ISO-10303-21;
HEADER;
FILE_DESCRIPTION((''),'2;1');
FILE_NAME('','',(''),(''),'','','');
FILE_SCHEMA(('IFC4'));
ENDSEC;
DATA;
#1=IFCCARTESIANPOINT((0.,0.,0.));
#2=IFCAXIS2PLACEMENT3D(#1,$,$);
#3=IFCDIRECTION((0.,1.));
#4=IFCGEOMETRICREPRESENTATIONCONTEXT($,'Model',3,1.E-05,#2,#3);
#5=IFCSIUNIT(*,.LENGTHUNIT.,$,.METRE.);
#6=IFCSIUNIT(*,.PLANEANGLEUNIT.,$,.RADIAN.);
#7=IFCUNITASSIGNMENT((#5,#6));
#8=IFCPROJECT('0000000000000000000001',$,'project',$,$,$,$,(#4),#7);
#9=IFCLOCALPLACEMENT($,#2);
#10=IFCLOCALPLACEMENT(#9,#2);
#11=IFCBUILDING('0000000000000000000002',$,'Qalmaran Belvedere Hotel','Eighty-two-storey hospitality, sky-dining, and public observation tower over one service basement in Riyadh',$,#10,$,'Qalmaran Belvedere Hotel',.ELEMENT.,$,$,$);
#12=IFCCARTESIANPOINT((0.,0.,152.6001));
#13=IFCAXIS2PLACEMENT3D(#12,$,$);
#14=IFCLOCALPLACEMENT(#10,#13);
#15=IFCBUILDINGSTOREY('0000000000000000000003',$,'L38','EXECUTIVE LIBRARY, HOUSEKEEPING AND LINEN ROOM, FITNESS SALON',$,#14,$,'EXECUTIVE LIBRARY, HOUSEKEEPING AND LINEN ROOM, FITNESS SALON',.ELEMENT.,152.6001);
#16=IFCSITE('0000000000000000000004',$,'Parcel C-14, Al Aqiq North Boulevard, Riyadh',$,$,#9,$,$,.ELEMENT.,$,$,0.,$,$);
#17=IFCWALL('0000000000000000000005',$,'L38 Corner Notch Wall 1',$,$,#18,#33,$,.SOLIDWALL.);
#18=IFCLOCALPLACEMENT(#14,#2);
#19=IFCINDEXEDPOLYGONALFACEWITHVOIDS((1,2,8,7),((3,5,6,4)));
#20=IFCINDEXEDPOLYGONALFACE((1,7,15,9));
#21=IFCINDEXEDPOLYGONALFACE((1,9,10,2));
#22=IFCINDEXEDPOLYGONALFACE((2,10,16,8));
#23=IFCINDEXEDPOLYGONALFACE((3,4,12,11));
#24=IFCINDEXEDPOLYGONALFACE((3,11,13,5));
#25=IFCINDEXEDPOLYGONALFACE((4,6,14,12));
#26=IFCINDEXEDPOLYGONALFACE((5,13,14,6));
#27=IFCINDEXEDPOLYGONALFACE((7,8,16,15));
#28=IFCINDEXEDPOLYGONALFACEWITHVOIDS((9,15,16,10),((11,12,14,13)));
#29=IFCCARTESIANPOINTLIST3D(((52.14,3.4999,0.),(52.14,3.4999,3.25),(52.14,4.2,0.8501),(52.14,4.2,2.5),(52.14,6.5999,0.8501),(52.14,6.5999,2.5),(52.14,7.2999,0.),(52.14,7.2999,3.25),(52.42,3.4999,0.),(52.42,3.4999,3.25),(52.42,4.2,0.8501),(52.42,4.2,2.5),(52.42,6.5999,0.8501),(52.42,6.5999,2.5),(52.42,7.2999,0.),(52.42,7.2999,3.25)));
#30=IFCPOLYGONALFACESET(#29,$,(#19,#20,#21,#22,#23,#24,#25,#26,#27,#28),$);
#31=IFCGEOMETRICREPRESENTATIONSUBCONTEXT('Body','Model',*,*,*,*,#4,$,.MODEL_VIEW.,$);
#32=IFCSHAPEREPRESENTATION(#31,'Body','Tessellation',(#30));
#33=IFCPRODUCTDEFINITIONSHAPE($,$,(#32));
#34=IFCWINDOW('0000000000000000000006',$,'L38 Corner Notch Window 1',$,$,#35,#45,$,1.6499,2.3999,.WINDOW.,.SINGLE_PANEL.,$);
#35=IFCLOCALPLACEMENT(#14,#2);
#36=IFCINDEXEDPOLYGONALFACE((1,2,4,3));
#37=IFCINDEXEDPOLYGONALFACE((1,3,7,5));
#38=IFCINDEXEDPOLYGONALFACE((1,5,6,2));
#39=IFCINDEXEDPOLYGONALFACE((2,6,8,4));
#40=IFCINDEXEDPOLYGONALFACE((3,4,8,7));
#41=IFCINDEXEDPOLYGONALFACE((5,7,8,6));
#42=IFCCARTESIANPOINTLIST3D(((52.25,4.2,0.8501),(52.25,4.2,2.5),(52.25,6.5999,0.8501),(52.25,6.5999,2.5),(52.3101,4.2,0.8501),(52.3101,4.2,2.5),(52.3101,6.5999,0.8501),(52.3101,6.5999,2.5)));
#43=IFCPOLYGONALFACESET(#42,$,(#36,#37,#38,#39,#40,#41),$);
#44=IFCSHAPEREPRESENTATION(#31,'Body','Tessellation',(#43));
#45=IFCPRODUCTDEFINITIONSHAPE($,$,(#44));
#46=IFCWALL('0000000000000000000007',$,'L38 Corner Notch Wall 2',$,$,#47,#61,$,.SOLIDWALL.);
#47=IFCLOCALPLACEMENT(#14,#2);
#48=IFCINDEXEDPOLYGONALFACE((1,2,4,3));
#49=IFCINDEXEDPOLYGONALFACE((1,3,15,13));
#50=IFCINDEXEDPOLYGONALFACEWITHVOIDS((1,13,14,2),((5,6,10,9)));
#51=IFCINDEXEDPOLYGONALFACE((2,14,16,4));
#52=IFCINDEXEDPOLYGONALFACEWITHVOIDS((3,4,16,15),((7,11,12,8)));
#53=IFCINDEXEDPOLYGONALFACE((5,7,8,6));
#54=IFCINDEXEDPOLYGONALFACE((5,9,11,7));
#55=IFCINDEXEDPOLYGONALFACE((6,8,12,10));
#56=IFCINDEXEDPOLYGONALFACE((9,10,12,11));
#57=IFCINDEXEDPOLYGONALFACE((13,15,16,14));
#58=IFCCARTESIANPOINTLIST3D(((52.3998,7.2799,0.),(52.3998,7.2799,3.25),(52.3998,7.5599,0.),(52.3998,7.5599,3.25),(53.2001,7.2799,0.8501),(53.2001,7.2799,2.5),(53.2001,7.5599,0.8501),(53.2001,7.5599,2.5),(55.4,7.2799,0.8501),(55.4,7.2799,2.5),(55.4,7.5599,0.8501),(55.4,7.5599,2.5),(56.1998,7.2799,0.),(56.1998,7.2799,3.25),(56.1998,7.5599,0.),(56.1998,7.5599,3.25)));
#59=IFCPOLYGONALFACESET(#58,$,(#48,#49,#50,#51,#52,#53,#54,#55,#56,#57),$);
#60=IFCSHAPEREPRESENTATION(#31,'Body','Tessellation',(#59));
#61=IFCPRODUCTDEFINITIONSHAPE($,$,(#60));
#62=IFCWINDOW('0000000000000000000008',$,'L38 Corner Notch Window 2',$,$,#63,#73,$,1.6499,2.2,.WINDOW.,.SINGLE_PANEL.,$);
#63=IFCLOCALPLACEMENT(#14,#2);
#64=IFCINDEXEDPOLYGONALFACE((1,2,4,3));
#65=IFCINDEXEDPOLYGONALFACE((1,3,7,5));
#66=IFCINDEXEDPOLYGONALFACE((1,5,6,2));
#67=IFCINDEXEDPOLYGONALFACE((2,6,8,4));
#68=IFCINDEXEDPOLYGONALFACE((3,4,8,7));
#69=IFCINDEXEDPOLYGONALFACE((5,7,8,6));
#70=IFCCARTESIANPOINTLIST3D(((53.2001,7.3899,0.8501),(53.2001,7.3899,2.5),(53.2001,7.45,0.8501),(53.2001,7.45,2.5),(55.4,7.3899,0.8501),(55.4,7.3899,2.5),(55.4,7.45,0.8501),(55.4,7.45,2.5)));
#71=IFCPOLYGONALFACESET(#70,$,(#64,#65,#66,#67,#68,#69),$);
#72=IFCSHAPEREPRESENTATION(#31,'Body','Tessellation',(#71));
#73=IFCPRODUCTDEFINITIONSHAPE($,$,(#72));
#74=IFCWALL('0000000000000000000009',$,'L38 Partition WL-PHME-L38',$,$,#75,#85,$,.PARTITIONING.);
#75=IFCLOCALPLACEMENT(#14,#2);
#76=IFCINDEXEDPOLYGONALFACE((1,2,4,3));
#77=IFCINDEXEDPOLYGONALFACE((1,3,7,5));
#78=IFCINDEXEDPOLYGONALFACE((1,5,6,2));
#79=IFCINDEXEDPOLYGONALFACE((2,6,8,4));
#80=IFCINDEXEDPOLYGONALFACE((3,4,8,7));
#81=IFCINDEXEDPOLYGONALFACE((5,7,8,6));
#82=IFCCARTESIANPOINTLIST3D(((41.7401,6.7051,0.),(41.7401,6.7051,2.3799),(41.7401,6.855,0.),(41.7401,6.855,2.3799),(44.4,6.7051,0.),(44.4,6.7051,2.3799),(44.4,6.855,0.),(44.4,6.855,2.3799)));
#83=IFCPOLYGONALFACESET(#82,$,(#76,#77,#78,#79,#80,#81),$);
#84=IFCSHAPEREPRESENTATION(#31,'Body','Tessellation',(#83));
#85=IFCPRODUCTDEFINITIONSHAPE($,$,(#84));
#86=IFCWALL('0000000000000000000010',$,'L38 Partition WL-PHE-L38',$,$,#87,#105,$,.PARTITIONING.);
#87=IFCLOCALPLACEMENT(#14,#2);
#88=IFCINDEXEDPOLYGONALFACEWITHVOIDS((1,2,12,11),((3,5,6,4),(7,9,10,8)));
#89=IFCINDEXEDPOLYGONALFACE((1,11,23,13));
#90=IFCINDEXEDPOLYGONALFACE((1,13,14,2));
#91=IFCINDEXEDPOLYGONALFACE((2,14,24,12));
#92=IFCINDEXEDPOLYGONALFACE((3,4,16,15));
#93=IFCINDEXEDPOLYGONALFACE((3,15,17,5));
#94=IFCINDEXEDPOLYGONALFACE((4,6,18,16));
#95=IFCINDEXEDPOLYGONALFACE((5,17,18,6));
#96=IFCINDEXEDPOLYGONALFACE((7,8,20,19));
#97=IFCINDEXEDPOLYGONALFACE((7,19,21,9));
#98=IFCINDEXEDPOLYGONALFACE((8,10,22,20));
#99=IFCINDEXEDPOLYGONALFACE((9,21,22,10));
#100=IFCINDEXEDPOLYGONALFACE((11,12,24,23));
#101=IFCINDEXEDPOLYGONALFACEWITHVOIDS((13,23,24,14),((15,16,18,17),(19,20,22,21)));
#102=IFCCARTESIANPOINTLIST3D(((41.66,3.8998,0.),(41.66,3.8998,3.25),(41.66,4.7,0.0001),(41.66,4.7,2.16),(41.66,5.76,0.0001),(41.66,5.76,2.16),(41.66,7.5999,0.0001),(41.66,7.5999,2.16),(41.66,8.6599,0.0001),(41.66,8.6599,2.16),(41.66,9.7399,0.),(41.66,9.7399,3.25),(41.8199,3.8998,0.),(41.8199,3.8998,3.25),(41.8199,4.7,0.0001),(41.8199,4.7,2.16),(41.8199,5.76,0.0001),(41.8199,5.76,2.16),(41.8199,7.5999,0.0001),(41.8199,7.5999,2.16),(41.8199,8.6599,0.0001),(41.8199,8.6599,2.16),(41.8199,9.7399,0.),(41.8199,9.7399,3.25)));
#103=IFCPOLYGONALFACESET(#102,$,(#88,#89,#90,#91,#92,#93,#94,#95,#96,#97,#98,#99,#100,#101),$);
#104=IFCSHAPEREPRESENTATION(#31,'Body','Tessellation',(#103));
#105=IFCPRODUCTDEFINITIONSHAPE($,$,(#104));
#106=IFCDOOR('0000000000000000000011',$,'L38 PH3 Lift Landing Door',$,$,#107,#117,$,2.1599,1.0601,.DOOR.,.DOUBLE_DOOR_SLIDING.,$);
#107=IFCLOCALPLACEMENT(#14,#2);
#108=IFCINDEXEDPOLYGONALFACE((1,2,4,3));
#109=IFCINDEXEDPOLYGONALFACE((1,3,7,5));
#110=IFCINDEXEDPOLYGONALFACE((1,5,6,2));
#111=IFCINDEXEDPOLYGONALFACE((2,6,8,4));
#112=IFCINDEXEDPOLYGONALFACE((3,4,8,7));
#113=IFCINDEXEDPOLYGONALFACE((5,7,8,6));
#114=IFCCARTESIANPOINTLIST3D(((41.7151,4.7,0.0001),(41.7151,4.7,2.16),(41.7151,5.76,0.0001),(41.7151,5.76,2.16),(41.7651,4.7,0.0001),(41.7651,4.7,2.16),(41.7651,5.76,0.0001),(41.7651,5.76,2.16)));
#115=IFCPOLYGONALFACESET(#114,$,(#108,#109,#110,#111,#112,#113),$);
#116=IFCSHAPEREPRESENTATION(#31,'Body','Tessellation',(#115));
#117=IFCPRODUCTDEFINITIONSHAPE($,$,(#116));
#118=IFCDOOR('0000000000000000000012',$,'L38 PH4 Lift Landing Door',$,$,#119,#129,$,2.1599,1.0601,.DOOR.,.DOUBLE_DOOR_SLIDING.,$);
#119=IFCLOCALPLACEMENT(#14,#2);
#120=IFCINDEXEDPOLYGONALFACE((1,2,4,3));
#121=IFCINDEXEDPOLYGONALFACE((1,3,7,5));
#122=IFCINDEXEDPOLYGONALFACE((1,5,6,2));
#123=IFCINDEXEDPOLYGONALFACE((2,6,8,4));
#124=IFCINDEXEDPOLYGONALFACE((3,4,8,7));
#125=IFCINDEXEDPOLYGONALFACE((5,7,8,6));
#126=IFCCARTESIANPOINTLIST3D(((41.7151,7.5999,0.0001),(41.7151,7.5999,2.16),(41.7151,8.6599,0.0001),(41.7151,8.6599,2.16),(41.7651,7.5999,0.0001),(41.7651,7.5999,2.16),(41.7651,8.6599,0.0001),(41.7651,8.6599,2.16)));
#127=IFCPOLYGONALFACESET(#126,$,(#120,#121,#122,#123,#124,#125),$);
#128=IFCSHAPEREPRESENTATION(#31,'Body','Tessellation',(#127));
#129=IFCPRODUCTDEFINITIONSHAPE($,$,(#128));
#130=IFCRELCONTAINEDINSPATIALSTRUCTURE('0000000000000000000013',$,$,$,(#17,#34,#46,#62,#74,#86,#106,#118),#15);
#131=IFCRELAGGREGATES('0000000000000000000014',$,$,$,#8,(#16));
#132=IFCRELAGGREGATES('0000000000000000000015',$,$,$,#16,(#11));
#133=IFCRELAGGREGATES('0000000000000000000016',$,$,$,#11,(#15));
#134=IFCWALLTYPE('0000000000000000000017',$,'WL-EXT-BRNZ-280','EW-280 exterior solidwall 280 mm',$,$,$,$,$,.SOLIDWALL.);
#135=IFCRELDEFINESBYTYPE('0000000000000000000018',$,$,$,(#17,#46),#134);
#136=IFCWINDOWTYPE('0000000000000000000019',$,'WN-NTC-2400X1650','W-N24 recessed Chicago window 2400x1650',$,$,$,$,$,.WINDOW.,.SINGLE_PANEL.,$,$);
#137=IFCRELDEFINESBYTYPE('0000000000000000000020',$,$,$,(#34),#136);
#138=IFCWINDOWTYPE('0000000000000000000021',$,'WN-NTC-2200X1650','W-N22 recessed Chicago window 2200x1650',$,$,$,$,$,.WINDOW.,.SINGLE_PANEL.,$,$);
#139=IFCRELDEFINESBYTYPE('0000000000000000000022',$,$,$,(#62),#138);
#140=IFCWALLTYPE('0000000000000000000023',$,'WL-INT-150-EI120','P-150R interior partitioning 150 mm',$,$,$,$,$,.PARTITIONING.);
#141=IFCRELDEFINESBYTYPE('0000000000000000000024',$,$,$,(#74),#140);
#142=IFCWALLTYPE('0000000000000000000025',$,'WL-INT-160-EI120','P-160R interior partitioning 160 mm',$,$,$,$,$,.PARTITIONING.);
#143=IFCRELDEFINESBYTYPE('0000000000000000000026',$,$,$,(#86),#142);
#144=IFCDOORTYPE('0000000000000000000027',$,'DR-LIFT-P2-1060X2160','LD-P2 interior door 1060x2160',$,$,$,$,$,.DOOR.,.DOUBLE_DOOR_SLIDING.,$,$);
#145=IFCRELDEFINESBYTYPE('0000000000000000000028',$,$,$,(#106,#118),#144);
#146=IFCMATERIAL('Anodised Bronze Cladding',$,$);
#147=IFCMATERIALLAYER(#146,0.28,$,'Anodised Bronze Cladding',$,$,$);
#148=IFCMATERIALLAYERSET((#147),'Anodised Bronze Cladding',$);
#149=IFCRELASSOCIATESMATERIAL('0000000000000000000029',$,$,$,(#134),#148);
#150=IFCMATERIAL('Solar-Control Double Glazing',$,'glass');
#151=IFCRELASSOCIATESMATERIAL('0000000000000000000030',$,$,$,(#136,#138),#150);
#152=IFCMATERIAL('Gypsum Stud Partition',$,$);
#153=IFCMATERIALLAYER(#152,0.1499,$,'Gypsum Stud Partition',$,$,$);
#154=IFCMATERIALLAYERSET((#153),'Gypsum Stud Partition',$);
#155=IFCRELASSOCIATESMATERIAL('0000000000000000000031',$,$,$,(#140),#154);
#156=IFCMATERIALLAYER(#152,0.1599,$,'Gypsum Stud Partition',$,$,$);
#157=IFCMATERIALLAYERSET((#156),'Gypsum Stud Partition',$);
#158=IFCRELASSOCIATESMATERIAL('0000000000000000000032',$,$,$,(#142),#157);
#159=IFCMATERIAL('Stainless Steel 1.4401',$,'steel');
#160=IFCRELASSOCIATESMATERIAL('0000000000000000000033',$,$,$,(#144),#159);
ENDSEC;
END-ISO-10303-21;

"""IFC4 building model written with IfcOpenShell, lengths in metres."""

from ifc_helpers import new_model, si_unit, direction, frame, frame_2d, origin, place, context, subcontext, project, spatial, rectangle, extrude, material, layer, layer_set, type_object, element, fill, save


model = new_model("IFC4")

# Units and contexts
model_context = context("Model", 3, precision=1e-05, world=origin(), true_north=direction((0.0, 1.0)))
body_context = subcontext(model_context, "Body", "Model", "MODEL_VIEW")
ifc_project = project(units=[si_unit("LENGTHUNIT", "METRE"), si_unit("PLANEANGLEUNIT", "RADIAN")], contexts=[model_context])

# Site, building, storey
site_placement = place(None, origin())
site = spatial("IfcSite", under=ifc_project, at=site_placement, Name="Parcel C-14, Al Aqiq North Boulevard, Riyadh", CompositionType="ELEMENT", RefElevation=0.0)
building_placement = place(site_placement, origin())
building = spatial("IfcBuilding", under=site, at=building_placement, Name="Qalmaran Belvedere Hotel", Description="Eighty-two-storey hospitality, sky-dining, and public observation tower over one service basement in Riyadh", LongName="Qalmaran Belvedere Hotel", CompositionType="ELEMENT")
storey_placement = place(building_placement, frame((0.0, 0.0, 152.6001)))
storey = spatial("IfcBuildingStorey", under=building, at=storey_placement, Name="L38", Description="EXECUTIVE LIBRARY, HOUSEKEEPING AND LINEN ROOM, FITNESS SALON", LongName="EXECUTIVE LIBRARY, HOUSEKEEPING AND LINEN ROOM, FITNESS SALON", CompositionType="ELEMENT", Elevation=152.6001)

# Shared definitions
ifc_material_1 = material(Name="Solar-Control Double Glazing", Category="glass")

# Walls, openings, windows
ifc_material_2 = material(Name="Anodised Bronze Cladding")
ifc_layer_1 = layer(ifc_material_2, 0.28, Name="Anodised Bronze Cladding")
ifc_layer_set_1 = layer_set([ifc_layer_1], Name="Anodised Bronze Cladding")
wall_type_1 = type_object("IfcWallType", Name="WL-EXT-BRNZ-280", Description="EW-280 exterior solidwall 280 mm", PredefinedType="SOLIDWALL", material=ifc_layer_set_1)
wall_1_placement = place(storey_placement, frame((52.28, 3.5, 0.0), z_axis=(0.0, 0.0, 1.0), x_axis=(0.0, 1.0, 0.0)))
wall_1 = element("IfcWall", 1, at=wall_1_placement, inside=storey, type_object=wall_type_1, Name="L38 Corner Notch Wall 1", PredefinedType="SOLIDWALL", context=body_context, shape_type="SweptSolid", body=[
    extrude(rectangle(XDim=3.8, YDim=0.28, at=frame_2d((1.8999, 0.0))), origin(), (0.0, 0.0, 1.0), 3.25),
])
opening_1_placement = place(wall_1_placement, frame((0.7, 0.0, 0.8501)))
opening_1 = element("IfcOpeningElement", 2, at=opening_1_placement, cuts=wall_1, PredefinedType="OPENING", context=body_context, shape_type="SweptSolid", body=[
    extrude(rectangle(XDim=2.3999, YDim=1.6499, at=frame_2d((1.2, 0.825))), frame((0.0, 0.1499, 0.0), z_axis=(0.0, -1.0, 0.0), x_axis=(1.0, 0.0, 0.0)), (0.0, 0.0, 1.0), 0.3),
])
window_type_1 = type_object("IfcWindowType", Name="WN-NTC-2400X1650", Description="W-N24 recessed Chicago window 2400x1650", PartitioningType="SINGLE_PANEL", PredefinedType="WINDOW", material=ifc_material_1)
window_1_placement = place(opening_1_placement, origin())
window_1 = element("IfcWindow", 3, at=window_1_placement, inside=storey, type_object=window_type_1, Name="L38 Corner Notch Window 1", OverallHeight=1.6499, OverallWidth=2.3999, PartitioningType="SINGLE_PANEL", PredefinedType="WINDOW", context=body_context, shape_type="SweptSolid", body=[
    extrude(rectangle(XDim=2.3999, YDim=1.6499, at=frame_2d((1.2, 0.825))), frame((0.0, 0.03, 0.0), z_axis=(0.0, -1.0, 0.0), x_axis=(1.0, 0.0, 0.0)), (0.0, 0.0, 1.0), 0.0601),
])
fill(opening_1, window_1)
wall_2_placement = place(storey_placement, frame((52.3999, 7.4199, 0.0), z_axis=(0.0, 0.0, 1.0), x_axis=(1.0, 0.0, 0.0)))
wall_2 = element("IfcWall", 4, at=wall_2_placement, inside=storey, type_object=wall_type_1, Name="L38 Corner Notch Wall 2", PredefinedType="SOLIDWALL", context=body_context, shape_type="SweptSolid", body=[
    extrude(rectangle(XDim=3.8, YDim=0.28, at=frame_2d((1.8999, 0.0))), origin(), (0.0, 0.0, 1.0), 3.25),
])
opening_2_placement = place(wall_2_placement, frame((0.8, 0.0, 0.8501)))
opening_2 = element("IfcOpeningElement", 5, at=opening_2_placement, cuts=wall_2, PredefinedType="OPENING", context=body_context, shape_type="SweptSolid", body=[
    extrude(rectangle(XDim=2.2, YDim=1.6499, at=frame_2d((1.1001, 0.825))), frame((0.0, 0.1499, 0.0), z_axis=(0.0, -1.0, 0.0), x_axis=(1.0, 0.0, 0.0)), (0.0, 0.0, 1.0), 0.3),
])
window_type_2 = type_object("IfcWindowType", Name="WN-NTC-2200X1650", Description="W-N22 recessed Chicago window 2200x1650", PartitioningType="SINGLE_PANEL", PredefinedType="WINDOW", material=ifc_material_1)
window_2_placement = place(opening_2_placement, origin())
window_2 = element("IfcWindow", 6, at=window_2_placement, inside=storey, type_object=window_type_2, Name="L38 Corner Notch Window 2", OverallHeight=1.6499, OverallWidth=2.2, PartitioningType="SINGLE_PANEL", PredefinedType="WINDOW", context=body_context, shape_type="SweptSolid", body=[
    extrude(rectangle(XDim=2.2, YDim=1.6499, at=frame_2d((1.1001, 0.825))), frame((0.0, 0.03, 0.0), z_axis=(0.0, -1.0, 0.0), x_axis=(1.0, 0.0, 0.0)), (0.0, 0.0, 1.0), 0.0601),
])
fill(opening_2, window_2)

# Wall
ifc_material_3 = material(Name="Gypsum Stud Partition")
ifc_layer_2 = layer(ifc_material_3, 0.1499, Name="Gypsum Stud Partition")
ifc_layer_set_2 = layer_set([ifc_layer_2], Name="Gypsum Stud Partition")
wall_type_2 = type_object("IfcWallType", Name="WL-INT-150-EI120", Description="P-150R interior partitioning 150 mm", PredefinedType="PARTITIONING", material=ifc_layer_set_2)
wall_3_placement = place(storey_placement, frame((41.74, 6.78, 0.0), z_axis=(0.0, 0.0, 1.0), x_axis=(1.0, 0.0, 0.0)))
element("IfcWall", 7, at=wall_3_placement, inside=storey, type_object=wall_type_2, Name="L38 Partition WL-PHME-L38", PredefinedType="PARTITIONING", context=body_context, shape_type="SweptSolid", body=[
    extrude(rectangle(XDim=2.6599, YDim=0.1499, at=frame_2d((1.3301, 0.0))), origin(), (0.0, 0.0, 1.0), 2.3799),
])

# Wall, openings, doors
ifc_layer_3 = layer(ifc_material_3, 0.1599, Name="Gypsum Stud Partition")
ifc_layer_set_3 = layer_set([ifc_layer_3], Name="Gypsum Stud Partition")
wall_type_3 = type_object("IfcWallType", Name="WL-INT-160-EI120", Description="P-160R interior partitioning 160 mm", PredefinedType="PARTITIONING", material=ifc_layer_set_3)
wall_4_placement = place(storey_placement, frame((41.74, 3.8999, 0.0), z_axis=(0.0, 0.0, 1.0), x_axis=(0.0, 1.0, 0.0)))
wall_4 = element("IfcWall", 8, at=wall_4_placement, inside=storey, type_object=wall_type_3, Name="L38 Partition WL-PHE-L38", PredefinedType="PARTITIONING", context=body_context, shape_type="SweptSolid", body=[
    extrude(rectangle(XDim=5.8401, YDim=0.1599, at=frame_2d((2.9199, 0.0))), origin(), (0.0, 0.0, 1.0), 3.25),
])
opening_3_placement = place(wall_4_placement, frame((0.8, 0.0, 0.0)))
opening_3 = element("IfcOpeningElement", 9, at=opening_3_placement, cuts=wall_4, PredefinedType="OPENING", context=body_context, shape_type="SweptSolid", body=[
    extrude(rectangle(XDim=1.0601, YDim=2.1599, at=frame_2d((0.53, 1.0801))), frame((0.0, 0.0898, 0.0), z_axis=(0.0, -1.0, 0.0), x_axis=(1.0, 0.0, 0.0)), (0.0, 0.0, 1.0), 0.1799),
])
opening_4_placement = place(wall_4_placement, frame((3.7, 0.0, 0.0)))
opening_4 = element("IfcOpeningElement", 10, at=opening_4_placement, cuts=wall_4, PredefinedType="OPENING", context=body_context, shape_type="SweptSolid", body=[
    extrude(rectangle(XDim=1.0601, YDim=2.1599, at=frame_2d((0.53, 1.0801))), frame((0.0, 0.0898, 0.0), z_axis=(0.0, -1.0, 0.0), x_axis=(1.0, 0.0, 0.0)), (0.0, 0.0, 1.0), 0.1799),
])
ifc_material_4 = material(Name="Stainless Steel 1.4401", Category="steel")
door_type = type_object("IfcDoorType", Name="DR-LIFT-P2-1060X2160", Description="LD-P2 interior door 1060x2160", OperationType="DOUBLE_DOOR_SLIDING", PredefinedType="DOOR", material=ifc_material_4)
door_1_placement = place(opening_3_placement, origin())
door_1 = element("IfcDoor", 11, at=door_1_placement, inside=storey, type_object=door_type, Name="L38 PH3 Lift Landing Door", OperationType="DOUBLE_DOOR_SLIDING", OverallHeight=2.1599, OverallWidth=1.0601, PredefinedType="DOOR", context=body_context, shape_type="SweptSolid", body=[
    extrude(rectangle(XDim=1.0601, YDim=2.1599, at=frame_2d((0.53, 1.0801))), frame((0.0, 0.0249, 0.0), z_axis=(0.0, -1.0, 0.0), x_axis=(1.0, 0.0, 0.0)), (0.0, 0.0, 1.0), 0.05),
])
fill(opening_3, door_1)
door_2_placement = place(opening_4_placement, origin())
door_2 = element("IfcDoor", 12, at=door_2_placement, inside=storey, type_object=door_type, Name="L38 PH4 Lift Landing Door", OperationType="DOUBLE_DOOR_SLIDING", OverallHeight=2.1599, OverallWidth=1.0601, PredefinedType="DOOR", context=body_context, shape_type="SweptSolid", body=[
    extrude(rectangle(XDim=1.0601, YDim=2.1599, at=frame_2d((0.53, 1.0801))), frame((0.0, 0.0249, 0.0), z_axis=(0.0, -1.0, 0.0), x_axis=(1.0, 0.0, 0.0)), (0.0, 0.0, 1.0), 0.05),
])
fill(opening_4, door_2)

save(model, "model.ifc")
